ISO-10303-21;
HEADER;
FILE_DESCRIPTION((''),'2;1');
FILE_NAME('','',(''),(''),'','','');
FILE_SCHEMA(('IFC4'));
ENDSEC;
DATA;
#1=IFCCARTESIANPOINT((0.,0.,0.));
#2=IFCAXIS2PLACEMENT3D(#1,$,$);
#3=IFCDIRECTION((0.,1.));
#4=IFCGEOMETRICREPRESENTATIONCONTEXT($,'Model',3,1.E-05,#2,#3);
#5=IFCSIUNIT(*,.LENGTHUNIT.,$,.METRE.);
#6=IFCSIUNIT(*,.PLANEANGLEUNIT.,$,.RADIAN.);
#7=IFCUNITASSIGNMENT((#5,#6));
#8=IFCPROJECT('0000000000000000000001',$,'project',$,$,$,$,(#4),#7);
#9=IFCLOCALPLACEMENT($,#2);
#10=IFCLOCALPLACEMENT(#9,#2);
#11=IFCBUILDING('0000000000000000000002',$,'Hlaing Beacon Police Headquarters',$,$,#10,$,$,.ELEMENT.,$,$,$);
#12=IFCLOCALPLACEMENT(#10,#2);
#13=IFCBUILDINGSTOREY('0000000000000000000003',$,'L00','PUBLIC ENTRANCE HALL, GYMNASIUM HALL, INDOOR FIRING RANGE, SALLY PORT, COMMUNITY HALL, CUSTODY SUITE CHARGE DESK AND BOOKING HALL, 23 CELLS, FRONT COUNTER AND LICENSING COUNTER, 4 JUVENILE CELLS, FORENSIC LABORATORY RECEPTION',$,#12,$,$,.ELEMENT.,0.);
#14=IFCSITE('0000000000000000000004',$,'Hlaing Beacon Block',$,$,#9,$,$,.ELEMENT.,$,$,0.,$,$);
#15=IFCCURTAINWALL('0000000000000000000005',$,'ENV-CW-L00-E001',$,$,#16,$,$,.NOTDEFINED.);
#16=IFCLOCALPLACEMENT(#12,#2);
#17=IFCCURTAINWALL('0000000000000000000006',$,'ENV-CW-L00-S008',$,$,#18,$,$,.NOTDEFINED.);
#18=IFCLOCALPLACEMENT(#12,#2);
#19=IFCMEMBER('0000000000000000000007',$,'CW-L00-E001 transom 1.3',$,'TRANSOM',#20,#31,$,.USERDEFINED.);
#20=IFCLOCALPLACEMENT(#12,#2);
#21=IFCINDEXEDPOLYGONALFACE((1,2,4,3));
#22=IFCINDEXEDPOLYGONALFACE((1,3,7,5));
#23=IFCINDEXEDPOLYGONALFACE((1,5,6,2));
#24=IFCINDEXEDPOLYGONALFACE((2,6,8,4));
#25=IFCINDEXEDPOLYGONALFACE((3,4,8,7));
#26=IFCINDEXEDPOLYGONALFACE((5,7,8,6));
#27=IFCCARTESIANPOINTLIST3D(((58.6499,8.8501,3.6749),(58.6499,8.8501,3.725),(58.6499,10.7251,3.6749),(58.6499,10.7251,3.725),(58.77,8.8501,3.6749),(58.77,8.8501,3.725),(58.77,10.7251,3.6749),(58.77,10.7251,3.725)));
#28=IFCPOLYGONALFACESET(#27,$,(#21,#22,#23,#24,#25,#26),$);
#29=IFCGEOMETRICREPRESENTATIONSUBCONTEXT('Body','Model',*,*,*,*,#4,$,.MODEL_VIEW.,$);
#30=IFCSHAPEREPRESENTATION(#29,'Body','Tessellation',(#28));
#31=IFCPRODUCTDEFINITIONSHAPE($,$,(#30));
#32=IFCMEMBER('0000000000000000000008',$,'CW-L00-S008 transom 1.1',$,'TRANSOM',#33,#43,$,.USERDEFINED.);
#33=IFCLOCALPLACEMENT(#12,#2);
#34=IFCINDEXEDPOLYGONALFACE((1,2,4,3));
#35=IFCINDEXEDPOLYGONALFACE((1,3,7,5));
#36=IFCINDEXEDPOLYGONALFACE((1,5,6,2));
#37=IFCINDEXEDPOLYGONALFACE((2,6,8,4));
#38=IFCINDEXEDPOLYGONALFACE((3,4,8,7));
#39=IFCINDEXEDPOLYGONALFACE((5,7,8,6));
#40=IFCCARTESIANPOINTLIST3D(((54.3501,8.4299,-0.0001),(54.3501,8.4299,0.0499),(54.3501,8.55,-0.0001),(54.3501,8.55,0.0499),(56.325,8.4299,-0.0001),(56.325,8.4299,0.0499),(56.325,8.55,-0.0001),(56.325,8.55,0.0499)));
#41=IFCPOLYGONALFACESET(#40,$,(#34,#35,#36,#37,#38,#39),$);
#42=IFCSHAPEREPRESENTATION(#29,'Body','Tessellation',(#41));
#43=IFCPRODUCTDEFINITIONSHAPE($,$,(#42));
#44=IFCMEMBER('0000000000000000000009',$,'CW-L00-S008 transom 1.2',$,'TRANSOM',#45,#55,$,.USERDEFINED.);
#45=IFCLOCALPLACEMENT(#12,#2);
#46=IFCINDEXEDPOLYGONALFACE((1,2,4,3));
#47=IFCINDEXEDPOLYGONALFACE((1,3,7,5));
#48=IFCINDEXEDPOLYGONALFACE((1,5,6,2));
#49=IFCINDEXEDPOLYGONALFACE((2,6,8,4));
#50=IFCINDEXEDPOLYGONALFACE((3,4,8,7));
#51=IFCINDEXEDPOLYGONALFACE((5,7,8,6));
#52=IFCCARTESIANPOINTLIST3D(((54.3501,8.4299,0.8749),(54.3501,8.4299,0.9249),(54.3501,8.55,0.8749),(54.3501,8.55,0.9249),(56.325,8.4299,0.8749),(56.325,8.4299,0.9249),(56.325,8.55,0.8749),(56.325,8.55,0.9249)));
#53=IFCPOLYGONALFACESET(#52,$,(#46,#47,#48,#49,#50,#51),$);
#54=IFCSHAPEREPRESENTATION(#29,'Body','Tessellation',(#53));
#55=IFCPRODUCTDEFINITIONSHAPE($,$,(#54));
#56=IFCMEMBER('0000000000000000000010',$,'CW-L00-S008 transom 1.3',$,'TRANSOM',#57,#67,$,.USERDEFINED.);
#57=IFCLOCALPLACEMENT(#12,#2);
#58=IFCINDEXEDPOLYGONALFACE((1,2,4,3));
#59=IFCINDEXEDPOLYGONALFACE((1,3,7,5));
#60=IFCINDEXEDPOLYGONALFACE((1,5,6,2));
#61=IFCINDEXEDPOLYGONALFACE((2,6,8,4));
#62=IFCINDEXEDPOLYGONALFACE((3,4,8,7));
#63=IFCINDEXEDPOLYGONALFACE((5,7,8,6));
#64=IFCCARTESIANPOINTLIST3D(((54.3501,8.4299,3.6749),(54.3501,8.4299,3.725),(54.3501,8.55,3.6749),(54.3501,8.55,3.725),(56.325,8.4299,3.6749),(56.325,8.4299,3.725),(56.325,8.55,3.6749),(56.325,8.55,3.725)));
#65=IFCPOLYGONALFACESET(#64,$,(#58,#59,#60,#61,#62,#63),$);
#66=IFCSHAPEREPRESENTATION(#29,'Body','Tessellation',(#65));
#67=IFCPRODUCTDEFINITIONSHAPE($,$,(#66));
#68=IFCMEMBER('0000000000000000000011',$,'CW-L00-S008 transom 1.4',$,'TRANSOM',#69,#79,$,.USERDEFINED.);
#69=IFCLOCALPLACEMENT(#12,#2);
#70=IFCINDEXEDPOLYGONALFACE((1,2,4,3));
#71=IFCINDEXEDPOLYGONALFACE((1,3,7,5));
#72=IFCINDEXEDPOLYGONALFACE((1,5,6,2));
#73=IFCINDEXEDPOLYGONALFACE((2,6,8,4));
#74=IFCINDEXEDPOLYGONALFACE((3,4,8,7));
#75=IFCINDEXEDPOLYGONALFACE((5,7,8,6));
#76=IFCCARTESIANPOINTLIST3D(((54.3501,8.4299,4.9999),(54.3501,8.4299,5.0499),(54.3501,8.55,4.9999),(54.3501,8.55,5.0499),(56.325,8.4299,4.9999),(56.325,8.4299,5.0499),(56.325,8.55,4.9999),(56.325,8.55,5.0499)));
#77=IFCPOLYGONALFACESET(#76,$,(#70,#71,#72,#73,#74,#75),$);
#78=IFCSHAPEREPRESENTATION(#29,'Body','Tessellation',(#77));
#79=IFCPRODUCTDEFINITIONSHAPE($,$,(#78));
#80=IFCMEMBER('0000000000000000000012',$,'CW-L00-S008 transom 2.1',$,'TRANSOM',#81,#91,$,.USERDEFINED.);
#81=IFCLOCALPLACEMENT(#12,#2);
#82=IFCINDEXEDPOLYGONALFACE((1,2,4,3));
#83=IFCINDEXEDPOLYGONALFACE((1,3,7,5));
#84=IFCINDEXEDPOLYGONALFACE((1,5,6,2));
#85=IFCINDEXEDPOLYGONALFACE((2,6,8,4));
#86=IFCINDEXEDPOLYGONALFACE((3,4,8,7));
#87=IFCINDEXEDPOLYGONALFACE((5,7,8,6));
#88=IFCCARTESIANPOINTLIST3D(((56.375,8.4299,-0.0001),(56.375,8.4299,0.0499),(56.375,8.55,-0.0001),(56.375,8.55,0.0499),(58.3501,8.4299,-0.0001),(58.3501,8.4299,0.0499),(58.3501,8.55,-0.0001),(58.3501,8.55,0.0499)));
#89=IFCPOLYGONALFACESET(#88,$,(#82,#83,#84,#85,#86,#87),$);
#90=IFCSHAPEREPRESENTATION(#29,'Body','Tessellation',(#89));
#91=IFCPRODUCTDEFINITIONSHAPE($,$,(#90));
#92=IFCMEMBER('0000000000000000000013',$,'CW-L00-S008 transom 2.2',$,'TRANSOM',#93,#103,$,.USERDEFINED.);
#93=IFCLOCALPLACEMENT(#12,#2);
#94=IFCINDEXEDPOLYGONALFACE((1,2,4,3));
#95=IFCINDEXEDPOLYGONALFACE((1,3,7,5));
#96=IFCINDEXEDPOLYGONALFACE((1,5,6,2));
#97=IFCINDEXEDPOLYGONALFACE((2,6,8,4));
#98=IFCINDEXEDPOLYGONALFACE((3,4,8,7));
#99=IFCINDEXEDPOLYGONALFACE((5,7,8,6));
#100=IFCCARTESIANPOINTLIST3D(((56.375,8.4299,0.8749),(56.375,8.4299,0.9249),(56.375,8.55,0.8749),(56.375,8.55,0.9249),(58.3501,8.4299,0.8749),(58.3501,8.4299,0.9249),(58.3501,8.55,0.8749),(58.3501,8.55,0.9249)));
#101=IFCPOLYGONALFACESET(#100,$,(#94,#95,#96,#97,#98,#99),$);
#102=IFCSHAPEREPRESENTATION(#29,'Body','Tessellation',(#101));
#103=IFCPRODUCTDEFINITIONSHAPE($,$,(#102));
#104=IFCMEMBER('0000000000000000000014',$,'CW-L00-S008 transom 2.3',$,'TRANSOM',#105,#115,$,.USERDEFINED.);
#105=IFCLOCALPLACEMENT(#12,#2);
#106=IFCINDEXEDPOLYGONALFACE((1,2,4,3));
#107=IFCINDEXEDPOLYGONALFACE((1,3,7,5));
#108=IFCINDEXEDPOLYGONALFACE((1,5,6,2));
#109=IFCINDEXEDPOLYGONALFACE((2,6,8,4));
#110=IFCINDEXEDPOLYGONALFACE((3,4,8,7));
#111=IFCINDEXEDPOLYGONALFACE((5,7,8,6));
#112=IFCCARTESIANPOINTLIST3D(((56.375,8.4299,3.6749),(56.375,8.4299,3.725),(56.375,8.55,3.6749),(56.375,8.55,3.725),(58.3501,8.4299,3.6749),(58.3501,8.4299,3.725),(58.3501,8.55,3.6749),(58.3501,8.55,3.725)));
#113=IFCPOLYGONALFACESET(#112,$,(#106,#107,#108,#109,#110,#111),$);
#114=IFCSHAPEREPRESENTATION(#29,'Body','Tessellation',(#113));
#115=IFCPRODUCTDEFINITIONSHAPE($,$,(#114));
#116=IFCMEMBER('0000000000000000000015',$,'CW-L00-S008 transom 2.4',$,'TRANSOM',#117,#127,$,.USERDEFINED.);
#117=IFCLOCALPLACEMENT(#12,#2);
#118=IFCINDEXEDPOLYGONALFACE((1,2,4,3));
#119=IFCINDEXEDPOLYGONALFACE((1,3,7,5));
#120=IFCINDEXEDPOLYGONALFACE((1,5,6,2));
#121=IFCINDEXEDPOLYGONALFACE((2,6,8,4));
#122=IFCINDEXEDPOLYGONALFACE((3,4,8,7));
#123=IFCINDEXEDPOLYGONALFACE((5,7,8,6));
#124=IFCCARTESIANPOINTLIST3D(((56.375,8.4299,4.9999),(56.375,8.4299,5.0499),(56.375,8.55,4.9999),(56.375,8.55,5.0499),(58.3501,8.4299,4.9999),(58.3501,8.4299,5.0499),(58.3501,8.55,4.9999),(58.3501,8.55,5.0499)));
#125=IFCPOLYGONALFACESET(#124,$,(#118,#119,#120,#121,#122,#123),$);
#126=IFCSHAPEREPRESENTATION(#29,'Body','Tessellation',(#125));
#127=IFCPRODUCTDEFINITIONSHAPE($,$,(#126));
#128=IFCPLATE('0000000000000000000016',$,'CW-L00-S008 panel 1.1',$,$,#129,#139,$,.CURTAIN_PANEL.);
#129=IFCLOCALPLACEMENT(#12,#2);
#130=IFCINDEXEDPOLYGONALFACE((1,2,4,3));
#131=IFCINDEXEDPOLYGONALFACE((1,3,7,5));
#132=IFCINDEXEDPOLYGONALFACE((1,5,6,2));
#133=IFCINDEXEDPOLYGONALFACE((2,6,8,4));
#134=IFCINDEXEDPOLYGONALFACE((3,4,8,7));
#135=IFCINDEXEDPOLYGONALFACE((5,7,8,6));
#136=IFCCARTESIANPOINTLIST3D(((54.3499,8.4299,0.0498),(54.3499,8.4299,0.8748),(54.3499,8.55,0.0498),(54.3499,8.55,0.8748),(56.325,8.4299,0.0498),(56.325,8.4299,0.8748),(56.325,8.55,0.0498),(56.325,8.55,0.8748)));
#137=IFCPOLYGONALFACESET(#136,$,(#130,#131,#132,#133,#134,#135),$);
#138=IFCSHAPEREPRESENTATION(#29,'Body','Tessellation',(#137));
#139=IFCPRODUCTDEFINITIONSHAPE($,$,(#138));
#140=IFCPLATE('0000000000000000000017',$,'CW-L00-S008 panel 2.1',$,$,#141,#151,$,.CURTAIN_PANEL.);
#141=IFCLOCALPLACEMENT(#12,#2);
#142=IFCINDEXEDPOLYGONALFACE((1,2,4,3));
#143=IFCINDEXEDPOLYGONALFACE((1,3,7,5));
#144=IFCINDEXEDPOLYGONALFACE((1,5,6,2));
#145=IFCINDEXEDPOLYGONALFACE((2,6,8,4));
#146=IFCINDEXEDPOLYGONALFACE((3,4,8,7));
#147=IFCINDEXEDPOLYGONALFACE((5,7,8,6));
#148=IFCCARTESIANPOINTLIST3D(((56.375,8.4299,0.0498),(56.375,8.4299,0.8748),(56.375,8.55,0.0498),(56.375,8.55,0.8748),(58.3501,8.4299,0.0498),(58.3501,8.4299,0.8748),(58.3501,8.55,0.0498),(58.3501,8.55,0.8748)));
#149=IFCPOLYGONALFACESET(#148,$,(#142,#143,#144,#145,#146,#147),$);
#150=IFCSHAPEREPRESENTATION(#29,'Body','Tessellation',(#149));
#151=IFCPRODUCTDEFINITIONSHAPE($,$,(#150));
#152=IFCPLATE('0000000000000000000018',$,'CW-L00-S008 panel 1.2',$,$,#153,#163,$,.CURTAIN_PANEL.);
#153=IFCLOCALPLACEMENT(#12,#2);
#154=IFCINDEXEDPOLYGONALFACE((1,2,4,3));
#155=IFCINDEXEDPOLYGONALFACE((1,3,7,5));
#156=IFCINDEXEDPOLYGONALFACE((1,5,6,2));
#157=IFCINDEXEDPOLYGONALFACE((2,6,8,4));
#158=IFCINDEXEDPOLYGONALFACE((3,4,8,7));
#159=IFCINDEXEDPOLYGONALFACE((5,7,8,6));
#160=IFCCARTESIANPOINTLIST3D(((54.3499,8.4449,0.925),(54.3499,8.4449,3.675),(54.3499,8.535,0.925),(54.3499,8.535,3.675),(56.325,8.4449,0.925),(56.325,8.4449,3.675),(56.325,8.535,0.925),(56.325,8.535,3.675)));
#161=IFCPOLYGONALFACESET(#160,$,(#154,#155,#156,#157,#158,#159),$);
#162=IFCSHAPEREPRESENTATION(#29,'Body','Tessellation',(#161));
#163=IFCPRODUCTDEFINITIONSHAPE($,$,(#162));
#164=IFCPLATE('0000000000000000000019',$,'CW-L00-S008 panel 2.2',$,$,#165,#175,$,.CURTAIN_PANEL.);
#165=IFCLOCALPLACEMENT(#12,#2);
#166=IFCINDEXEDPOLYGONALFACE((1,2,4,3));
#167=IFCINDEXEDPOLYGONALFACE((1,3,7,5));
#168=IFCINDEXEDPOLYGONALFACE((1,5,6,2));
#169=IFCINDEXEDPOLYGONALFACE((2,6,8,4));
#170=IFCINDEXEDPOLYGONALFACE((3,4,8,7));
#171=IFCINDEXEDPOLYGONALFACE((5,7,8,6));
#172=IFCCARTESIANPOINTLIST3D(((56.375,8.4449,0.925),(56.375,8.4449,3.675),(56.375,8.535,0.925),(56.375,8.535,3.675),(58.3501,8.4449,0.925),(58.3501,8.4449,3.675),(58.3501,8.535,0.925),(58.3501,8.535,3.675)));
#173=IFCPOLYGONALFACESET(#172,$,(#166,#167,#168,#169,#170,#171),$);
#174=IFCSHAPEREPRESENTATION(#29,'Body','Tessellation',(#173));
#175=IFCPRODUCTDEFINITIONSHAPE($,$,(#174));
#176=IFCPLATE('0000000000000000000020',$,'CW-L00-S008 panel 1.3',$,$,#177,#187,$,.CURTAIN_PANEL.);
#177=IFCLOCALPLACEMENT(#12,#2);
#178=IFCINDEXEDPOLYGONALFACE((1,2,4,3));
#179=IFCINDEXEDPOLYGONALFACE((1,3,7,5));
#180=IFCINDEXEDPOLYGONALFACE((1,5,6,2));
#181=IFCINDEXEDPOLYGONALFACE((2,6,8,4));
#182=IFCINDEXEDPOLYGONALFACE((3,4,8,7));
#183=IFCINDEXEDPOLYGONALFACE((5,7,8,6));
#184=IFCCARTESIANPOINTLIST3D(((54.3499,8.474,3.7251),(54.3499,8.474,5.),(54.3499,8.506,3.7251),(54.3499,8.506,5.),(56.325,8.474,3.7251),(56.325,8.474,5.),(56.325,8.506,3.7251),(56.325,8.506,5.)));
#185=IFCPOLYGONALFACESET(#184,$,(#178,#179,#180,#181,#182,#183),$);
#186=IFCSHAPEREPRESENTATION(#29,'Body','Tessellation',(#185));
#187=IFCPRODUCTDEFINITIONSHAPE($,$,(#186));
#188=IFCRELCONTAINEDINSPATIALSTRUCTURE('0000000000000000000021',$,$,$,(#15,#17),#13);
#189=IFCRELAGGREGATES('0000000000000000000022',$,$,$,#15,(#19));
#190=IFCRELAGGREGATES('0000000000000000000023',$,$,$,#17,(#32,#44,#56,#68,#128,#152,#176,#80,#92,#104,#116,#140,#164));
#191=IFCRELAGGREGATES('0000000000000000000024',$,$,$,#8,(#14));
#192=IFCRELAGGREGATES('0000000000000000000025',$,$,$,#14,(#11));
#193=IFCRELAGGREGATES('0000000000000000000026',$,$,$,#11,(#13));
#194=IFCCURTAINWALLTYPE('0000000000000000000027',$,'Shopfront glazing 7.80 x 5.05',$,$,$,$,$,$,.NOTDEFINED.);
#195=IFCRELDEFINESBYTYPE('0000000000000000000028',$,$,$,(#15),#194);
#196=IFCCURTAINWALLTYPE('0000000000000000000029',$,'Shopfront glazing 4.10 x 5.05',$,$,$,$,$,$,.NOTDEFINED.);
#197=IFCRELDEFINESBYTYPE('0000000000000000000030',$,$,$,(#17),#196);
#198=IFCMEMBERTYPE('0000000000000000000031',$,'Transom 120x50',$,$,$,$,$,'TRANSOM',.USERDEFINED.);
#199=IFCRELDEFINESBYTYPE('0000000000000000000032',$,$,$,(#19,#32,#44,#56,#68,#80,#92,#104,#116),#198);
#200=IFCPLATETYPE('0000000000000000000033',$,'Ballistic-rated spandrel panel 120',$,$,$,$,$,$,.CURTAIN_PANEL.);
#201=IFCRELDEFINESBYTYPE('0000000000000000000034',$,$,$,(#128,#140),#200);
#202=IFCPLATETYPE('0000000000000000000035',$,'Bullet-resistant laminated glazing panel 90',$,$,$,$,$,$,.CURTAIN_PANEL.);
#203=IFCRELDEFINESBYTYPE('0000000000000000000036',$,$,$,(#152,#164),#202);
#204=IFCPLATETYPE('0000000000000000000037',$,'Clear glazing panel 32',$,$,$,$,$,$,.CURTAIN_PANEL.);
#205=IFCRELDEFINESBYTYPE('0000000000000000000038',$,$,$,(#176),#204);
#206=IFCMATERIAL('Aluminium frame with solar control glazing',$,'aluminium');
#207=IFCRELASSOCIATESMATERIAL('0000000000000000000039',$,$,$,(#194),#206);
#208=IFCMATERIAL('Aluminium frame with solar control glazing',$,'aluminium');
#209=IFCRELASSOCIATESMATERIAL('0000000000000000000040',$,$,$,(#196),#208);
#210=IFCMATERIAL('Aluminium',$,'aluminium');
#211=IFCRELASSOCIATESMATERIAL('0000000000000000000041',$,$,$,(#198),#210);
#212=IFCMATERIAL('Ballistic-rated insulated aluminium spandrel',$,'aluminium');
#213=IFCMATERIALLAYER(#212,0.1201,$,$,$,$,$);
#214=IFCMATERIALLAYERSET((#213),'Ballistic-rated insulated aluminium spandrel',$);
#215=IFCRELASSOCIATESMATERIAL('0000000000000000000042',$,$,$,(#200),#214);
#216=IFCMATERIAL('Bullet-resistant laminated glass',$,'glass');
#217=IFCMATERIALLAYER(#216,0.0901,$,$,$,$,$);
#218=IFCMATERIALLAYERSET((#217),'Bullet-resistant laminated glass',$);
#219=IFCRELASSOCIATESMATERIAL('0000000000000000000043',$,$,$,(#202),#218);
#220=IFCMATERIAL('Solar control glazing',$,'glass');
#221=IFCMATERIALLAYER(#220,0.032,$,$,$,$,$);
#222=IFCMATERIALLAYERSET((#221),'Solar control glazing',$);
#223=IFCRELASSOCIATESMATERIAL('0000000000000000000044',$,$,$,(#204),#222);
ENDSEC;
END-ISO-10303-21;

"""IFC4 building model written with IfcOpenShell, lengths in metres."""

from ifc_helpers import new_model, si_unit, direction, frame, origin, origin_2d, place, context, subcontext, project, spatial, rectangle, extrude, material, layer, layer_set, material_profile, profile_set, type_object, element, aggregate, save


model = new_model("IFC4")

# Units and contexts
model_context = context("Model", 3, precision=1e-05, world=origin(), true_north=direction((0.0, 1.0)))
body_context = subcontext(model_context, "Body", "Model", "MODEL_VIEW")
ifc_project = project(units=[si_unit("LENGTHUNIT", "METRE"), si_unit("PLANEANGLEUNIT", "RADIAN")], contexts=[model_context])

# Site, building, storey
site_placement = place(None, origin())
site = spatial("IfcSite", under=ifc_project, at=site_placement, Name="Hlaing Beacon Block", CompositionType="ELEMENT", RefElevation=0.0)
building_placement = place(site_placement, origin())
building = spatial("IfcBuilding", under=site, at=building_placement, Name="Hlaing Beacon Police Headquarters", CompositionType="ELEMENT")
storey_placement = place(building_placement, origin())
storey = spatial("IfcBuildingStorey", under=building, at=storey_placement, Name="L00", Description="PUBLIC ENTRANCE HALL, GYMNASIUM HALL, INDOOR FIRING RANGE, SALLY PORT, COMMUNITY HALL, CUSTODY SUITE CHARGE DESK AND BOOKING HALL, 23 CELLS, FRONT COUNTER AND LICENSING COUNTER, 4 JUVENILE CELLS, FORENSIC LABORATORY RECEPTION", CompositionType="ELEMENT", Elevation=0.0)

# Curtain wall
ifc_material_1 = material(Name="Aluminium frame with solar control glazing", Category="aluminium")
curtain_wall_type_1 = type_object("IfcCurtainWallType", Name="Shopfront glazing 7.80 x 5.05", PredefinedType="NOTDEFINED", material=ifc_material_1)
curtain_wall_1_placement = place(storey_placement, origin())
curtain_wall_1 = element("IfcCurtainWall", 1, at=curtain_wall_1_placement, inside=storey, type_object=curtain_wall_type_1, Name="ENV-CW-L00-E001", PredefinedType="NOTDEFINED")

# Curtain wall
ifc_material_2 = material(Name="Aluminium frame with solar control glazing", Category="aluminium")
curtain_wall_type_2 = type_object("IfcCurtainWallType", Name="Shopfront glazing 4.10 x 5.05", PredefinedType="NOTDEFINED", material=ifc_material_2)
curtain_wall_2_placement = place(storey_placement, origin())
curtain_wall_2 = element("IfcCurtainWall", 2, at=curtain_wall_2_placement, inside=storey, type_object=curtain_wall_type_2, Name="ENV-CW-L00-S008", PredefinedType="NOTDEFINED")

# Members
ifc_material_3 = material(Name="Aluminium", Category="aluminium")
ifc_material_profile_1 = material_profile(ifc_material_3, rectangle(XDim=0.1201, YDim=0.05, at=origin_2d()), Name="Transom 120x50")
ifc_profile_set_1 = profile_set([ifc_material_profile_1], Name="Aluminium")
member_type_1 = type_object("IfcMemberType", Name="Transom 120x50", ElementType="TRANSOM", PredefinedType="USERDEFINED", material=ifc_profile_set_1)
member_1_placement = place(storey_placement, frame((58.71, 8.8501, 3.7), z_axis=(0.0, 1.0, 0.0), x_axis=(-1.0, 0.0, 0.0)))
member_1 = element("IfcMember", 3, at=member_1_placement, type_object=member_type_1, Name="CW-L00-E001 transom 1.3", ObjectType="TRANSOM", PredefinedType="USERDEFINED", context=body_context, shape_type="SweptSolid", body=[
    extrude(rectangle(XDim=0.1201, YDim=0.05, at=origin_2d()), origin(), (0.0, 0.0, 1.0), 1.875),
])
aggregate(curtain_wall_1, [member_1])
member_2_placement = place(storey_placement, frame((54.3501, 8.49, 0.0249), z_axis=(1.0, 0.0, 0.0), x_axis=(0.0, 1.0, 0.0)))
member_2 = element("IfcMember", 4, at=member_2_placement, type_object=member_type_1, Name="CW-L00-S008 transom 1.1", ObjectType="TRANSOM", PredefinedType="USERDEFINED", context=body_context, shape_type="SweptSolid", body=[
    extrude(rectangle(XDim=0.1201, YDim=0.05, at=origin_2d()), origin(), (0.0, 0.0, 1.0), 1.9749),
])
member_3_placement = place(storey_placement, frame((54.3501, 8.49, 0.8999), z_axis=(1.0, 0.0, 0.0), x_axis=(0.0, 1.0, 0.0)))
member_3 = element("IfcMember", 5, at=member_3_placement, type_object=member_type_1, Name="CW-L00-S008 transom 1.2", ObjectType="TRANSOM", PredefinedType="USERDEFINED", context=body_context, shape_type="SweptSolid", body=[
    extrude(rectangle(XDim=0.1201, YDim=0.05, at=origin_2d()), origin(), (0.0, 0.0, 1.0), 1.9749),
])
member_4_placement = place(storey_placement, frame((54.3501, 8.49, 3.7), z_axis=(1.0, 0.0, 0.0), x_axis=(0.0, 1.0, 0.0)))
member_4 = element("IfcMember", 6, at=member_4_placement, type_object=member_type_1, Name="CW-L00-S008 transom 1.3", ObjectType="TRANSOM", PredefinedType="USERDEFINED", context=body_context, shape_type="SweptSolid", body=[
    extrude(rectangle(XDim=0.1201, YDim=0.05, at=origin_2d()), origin(), (0.0, 0.0, 1.0), 1.9749),
])
member_5_placement = place(storey_placement, frame((54.3501, 8.49, 5.0249), z_axis=(1.0, 0.0, 0.0), x_axis=(0.0, 1.0, 0.0)))
member_5 = element("IfcMember", 7, at=member_5_placement, type_object=member_type_1, Name="CW-L00-S008 transom 1.4", ObjectType="TRANSOM", PredefinedType="USERDEFINED", context=body_context, shape_type="SweptSolid", body=[
    extrude(rectangle(XDim=0.1201, YDim=0.05, at=origin_2d()), origin(), (0.0, 0.0, 1.0), 1.9749),
])
member_6_placement = place(storey_placement, frame((56.375, 8.49, 0.0249), z_axis=(1.0, 0.0, 0.0), x_axis=(0.0, 1.0, 0.0)))
member_6 = element("IfcMember", 8, at=member_6_placement, type_object=member_type_1, Name="CW-L00-S008 transom 2.1", ObjectType="TRANSOM", PredefinedType="USERDEFINED", context=body_context, shape_type="SweptSolid", body=[
    extrude(rectangle(XDim=0.1201, YDim=0.05, at=origin_2d()), origin(), (0.0, 0.0, 1.0), 1.9751),
])
member_7_placement = place(storey_placement, frame((56.375, 8.49, 0.8999), z_axis=(1.0, 0.0, 0.0), x_axis=(0.0, 1.0, 0.0)))
member_7 = element("IfcMember", 9, at=member_7_placement, type_object=member_type_1, Name="CW-L00-S008 transom 2.2", ObjectType="TRANSOM", PredefinedType="USERDEFINED", context=body_context, shape_type="SweptSolid", body=[
    extrude(rectangle(XDim=0.1201, YDim=0.05, at=origin_2d()), origin(), (0.0, 0.0, 1.0), 1.9751),
])
member_8_placement = place(storey_placement, frame((56.375, 8.49, 3.7), z_axis=(1.0, 0.0, 0.0), x_axis=(0.0, 1.0, 0.0)))
member_8 = element("IfcMember", 10, at=member_8_placement, type_object=member_type_1, Name="CW-L00-S008 transom 2.3", ObjectType="TRANSOM", PredefinedType="USERDEFINED", context=body_context, shape_type="SweptSolid", body=[
    extrude(rectangle(XDim=0.1201, YDim=0.05, at=origin_2d()), origin(), (0.0, 0.0, 1.0), 1.9751),
])
member_9_placement = place(storey_placement, frame((56.375, 8.49, 5.0249), z_axis=(1.0, 0.0, 0.0), x_axis=(0.0, 1.0, 0.0)))
member_9 = element("IfcMember", 11, at=member_9_placement, type_object=member_type_1, Name="CW-L00-S008 transom 2.4", ObjectType="TRANSOM", PredefinedType="USERDEFINED", context=body_context, shape_type="SweptSolid", body=[
    extrude(rectangle(XDim=0.1201, YDim=0.05, at=origin_2d()), origin(), (0.0, 0.0, 1.0), 1.9751),
])

# Plates
ifc_material_4 = material(Name="Ballistic-rated insulated aluminium spandrel", Category="aluminium")
ifc_layer_1 = layer(ifc_material_4, 0.1201)
ifc_layer_set_1 = layer_set([ifc_layer_1], Name="Ballistic-rated insulated aluminium spandrel")
plate_type_1 = type_object("IfcPlateType", Name="Ballistic-rated spandrel panel 120", PredefinedType="CURTAIN_PANEL", material=ifc_layer_set_1)
plate_1_placement = place(storey_placement, frame((55.3374, 8.49, 0.0498), z_axis=(0.0, 0.0, 1.0), x_axis=(1.0, 0.0, 0.0)))
plate_1 = element("IfcPlate", 12, at=plate_1_placement, type_object=plate_type_1, Name="CW-L00-S008 panel 1.1", PredefinedType="CURTAIN_PANEL", context=body_context, shape_type="SweptSolid", body=[
    extrude(rectangle(XDim=1.9751, YDim=0.1201, at=origin_2d()), origin(), (0.0, 0.0, 1.0), 0.825),
])
plate_2_placement = place(storey_placement, frame((57.3625, 8.49, 0.0498), z_axis=(0.0, 0.0, 1.0), x_axis=(1.0, 0.0, 0.0)))
plate_2 = element("IfcPlate", 13, at=plate_2_placement, type_object=plate_type_1, Name="CW-L00-S008 panel 2.1", PredefinedType="CURTAIN_PANEL", context=body_context, shape_type="SweptSolid", body=[
    extrude(rectangle(XDim=1.9751, YDim=0.1201, at=origin_2d()), origin(), (0.0, 0.0, 1.0), 0.825),
])
ifc_material_5 = material(Name="Bullet-resistant laminated glass", Category="glass")
ifc_layer_2 = layer(ifc_material_5, 0.0901)
ifc_layer_set_2 = layer_set([ifc_layer_2], Name="Bullet-resistant laminated glass")
plate_type_2 = type_object("IfcPlateType", Name="Bullet-resistant laminated glazing panel 90", PredefinedType="CURTAIN_PANEL", material=ifc_layer_set_2)
plate_3_placement = place(storey_placement, frame((55.3374, 8.49, 0.925), z_axis=(0.0, 0.0, 1.0), x_axis=(1.0, 0.0, 0.0)))
plate_3 = element("IfcPlate", 14, at=plate_3_placement, type_object=plate_type_2, Name="CW-L00-S008 panel 1.2", PredefinedType="CURTAIN_PANEL", context=body_context, shape_type="SweptSolid", body=[
    extrude(rectangle(XDim=1.9751, YDim=0.0901, at=origin_2d()), origin(), (0.0, 0.0, 1.0), 2.75),
])
plate_4_placement = place(storey_placement, frame((57.3625, 8.49, 0.925), z_axis=(0.0, 0.0, 1.0), x_axis=(1.0, 0.0, 0.0)))
plate_4 = element("IfcPlate", 15, at=plate_4_placement, type_object=plate_type_2, Name="CW-L00-S008 panel 2.2", PredefinedType="CURTAIN_PANEL", context=body_context, shape_type="SweptSolid", body=[
    extrude(rectangle(XDim=1.9751, YDim=0.0901, at=origin_2d()), origin(), (0.0, 0.0, 1.0), 2.75),
])
ifc_material_6 = material(Name="Solar control glazing", Category="glass")
ifc_layer_3 = layer(ifc_material_6, 0.032)
ifc_layer_set_3 = layer_set([ifc_layer_3], Name="Solar control glazing")
plate_type_3 = type_object("IfcPlateType", Name="Clear glazing panel 32", PredefinedType="CURTAIN_PANEL", material=ifc_layer_set_3)
plate_5_placement = place(storey_placement, frame((55.3374, 8.49, 3.7251), z_axis=(0.0, 0.0, 1.0), x_axis=(1.0, 0.0, 0.0)))
plate_5 = element("IfcPlate", 16, at=plate_5_placement, type_object=plate_type_3, Name="CW-L00-S008 panel 1.3", PredefinedType="CURTAIN_PANEL", context=body_context, shape_type="SweptSolid", body=[
    extrude(rectangle(XDim=1.9751, YDim=0.032, at=origin_2d()), origin(), (0.0, 0.0, 1.0), 1.2749),
])
aggregate(curtain_wall_2, [member_2, member_3, member_4, member_5, plate_1, plate_3, plate_5, member_6, member_7, member_8, member_9, plate_2, plate_4])

save(model, "model.ifc")
